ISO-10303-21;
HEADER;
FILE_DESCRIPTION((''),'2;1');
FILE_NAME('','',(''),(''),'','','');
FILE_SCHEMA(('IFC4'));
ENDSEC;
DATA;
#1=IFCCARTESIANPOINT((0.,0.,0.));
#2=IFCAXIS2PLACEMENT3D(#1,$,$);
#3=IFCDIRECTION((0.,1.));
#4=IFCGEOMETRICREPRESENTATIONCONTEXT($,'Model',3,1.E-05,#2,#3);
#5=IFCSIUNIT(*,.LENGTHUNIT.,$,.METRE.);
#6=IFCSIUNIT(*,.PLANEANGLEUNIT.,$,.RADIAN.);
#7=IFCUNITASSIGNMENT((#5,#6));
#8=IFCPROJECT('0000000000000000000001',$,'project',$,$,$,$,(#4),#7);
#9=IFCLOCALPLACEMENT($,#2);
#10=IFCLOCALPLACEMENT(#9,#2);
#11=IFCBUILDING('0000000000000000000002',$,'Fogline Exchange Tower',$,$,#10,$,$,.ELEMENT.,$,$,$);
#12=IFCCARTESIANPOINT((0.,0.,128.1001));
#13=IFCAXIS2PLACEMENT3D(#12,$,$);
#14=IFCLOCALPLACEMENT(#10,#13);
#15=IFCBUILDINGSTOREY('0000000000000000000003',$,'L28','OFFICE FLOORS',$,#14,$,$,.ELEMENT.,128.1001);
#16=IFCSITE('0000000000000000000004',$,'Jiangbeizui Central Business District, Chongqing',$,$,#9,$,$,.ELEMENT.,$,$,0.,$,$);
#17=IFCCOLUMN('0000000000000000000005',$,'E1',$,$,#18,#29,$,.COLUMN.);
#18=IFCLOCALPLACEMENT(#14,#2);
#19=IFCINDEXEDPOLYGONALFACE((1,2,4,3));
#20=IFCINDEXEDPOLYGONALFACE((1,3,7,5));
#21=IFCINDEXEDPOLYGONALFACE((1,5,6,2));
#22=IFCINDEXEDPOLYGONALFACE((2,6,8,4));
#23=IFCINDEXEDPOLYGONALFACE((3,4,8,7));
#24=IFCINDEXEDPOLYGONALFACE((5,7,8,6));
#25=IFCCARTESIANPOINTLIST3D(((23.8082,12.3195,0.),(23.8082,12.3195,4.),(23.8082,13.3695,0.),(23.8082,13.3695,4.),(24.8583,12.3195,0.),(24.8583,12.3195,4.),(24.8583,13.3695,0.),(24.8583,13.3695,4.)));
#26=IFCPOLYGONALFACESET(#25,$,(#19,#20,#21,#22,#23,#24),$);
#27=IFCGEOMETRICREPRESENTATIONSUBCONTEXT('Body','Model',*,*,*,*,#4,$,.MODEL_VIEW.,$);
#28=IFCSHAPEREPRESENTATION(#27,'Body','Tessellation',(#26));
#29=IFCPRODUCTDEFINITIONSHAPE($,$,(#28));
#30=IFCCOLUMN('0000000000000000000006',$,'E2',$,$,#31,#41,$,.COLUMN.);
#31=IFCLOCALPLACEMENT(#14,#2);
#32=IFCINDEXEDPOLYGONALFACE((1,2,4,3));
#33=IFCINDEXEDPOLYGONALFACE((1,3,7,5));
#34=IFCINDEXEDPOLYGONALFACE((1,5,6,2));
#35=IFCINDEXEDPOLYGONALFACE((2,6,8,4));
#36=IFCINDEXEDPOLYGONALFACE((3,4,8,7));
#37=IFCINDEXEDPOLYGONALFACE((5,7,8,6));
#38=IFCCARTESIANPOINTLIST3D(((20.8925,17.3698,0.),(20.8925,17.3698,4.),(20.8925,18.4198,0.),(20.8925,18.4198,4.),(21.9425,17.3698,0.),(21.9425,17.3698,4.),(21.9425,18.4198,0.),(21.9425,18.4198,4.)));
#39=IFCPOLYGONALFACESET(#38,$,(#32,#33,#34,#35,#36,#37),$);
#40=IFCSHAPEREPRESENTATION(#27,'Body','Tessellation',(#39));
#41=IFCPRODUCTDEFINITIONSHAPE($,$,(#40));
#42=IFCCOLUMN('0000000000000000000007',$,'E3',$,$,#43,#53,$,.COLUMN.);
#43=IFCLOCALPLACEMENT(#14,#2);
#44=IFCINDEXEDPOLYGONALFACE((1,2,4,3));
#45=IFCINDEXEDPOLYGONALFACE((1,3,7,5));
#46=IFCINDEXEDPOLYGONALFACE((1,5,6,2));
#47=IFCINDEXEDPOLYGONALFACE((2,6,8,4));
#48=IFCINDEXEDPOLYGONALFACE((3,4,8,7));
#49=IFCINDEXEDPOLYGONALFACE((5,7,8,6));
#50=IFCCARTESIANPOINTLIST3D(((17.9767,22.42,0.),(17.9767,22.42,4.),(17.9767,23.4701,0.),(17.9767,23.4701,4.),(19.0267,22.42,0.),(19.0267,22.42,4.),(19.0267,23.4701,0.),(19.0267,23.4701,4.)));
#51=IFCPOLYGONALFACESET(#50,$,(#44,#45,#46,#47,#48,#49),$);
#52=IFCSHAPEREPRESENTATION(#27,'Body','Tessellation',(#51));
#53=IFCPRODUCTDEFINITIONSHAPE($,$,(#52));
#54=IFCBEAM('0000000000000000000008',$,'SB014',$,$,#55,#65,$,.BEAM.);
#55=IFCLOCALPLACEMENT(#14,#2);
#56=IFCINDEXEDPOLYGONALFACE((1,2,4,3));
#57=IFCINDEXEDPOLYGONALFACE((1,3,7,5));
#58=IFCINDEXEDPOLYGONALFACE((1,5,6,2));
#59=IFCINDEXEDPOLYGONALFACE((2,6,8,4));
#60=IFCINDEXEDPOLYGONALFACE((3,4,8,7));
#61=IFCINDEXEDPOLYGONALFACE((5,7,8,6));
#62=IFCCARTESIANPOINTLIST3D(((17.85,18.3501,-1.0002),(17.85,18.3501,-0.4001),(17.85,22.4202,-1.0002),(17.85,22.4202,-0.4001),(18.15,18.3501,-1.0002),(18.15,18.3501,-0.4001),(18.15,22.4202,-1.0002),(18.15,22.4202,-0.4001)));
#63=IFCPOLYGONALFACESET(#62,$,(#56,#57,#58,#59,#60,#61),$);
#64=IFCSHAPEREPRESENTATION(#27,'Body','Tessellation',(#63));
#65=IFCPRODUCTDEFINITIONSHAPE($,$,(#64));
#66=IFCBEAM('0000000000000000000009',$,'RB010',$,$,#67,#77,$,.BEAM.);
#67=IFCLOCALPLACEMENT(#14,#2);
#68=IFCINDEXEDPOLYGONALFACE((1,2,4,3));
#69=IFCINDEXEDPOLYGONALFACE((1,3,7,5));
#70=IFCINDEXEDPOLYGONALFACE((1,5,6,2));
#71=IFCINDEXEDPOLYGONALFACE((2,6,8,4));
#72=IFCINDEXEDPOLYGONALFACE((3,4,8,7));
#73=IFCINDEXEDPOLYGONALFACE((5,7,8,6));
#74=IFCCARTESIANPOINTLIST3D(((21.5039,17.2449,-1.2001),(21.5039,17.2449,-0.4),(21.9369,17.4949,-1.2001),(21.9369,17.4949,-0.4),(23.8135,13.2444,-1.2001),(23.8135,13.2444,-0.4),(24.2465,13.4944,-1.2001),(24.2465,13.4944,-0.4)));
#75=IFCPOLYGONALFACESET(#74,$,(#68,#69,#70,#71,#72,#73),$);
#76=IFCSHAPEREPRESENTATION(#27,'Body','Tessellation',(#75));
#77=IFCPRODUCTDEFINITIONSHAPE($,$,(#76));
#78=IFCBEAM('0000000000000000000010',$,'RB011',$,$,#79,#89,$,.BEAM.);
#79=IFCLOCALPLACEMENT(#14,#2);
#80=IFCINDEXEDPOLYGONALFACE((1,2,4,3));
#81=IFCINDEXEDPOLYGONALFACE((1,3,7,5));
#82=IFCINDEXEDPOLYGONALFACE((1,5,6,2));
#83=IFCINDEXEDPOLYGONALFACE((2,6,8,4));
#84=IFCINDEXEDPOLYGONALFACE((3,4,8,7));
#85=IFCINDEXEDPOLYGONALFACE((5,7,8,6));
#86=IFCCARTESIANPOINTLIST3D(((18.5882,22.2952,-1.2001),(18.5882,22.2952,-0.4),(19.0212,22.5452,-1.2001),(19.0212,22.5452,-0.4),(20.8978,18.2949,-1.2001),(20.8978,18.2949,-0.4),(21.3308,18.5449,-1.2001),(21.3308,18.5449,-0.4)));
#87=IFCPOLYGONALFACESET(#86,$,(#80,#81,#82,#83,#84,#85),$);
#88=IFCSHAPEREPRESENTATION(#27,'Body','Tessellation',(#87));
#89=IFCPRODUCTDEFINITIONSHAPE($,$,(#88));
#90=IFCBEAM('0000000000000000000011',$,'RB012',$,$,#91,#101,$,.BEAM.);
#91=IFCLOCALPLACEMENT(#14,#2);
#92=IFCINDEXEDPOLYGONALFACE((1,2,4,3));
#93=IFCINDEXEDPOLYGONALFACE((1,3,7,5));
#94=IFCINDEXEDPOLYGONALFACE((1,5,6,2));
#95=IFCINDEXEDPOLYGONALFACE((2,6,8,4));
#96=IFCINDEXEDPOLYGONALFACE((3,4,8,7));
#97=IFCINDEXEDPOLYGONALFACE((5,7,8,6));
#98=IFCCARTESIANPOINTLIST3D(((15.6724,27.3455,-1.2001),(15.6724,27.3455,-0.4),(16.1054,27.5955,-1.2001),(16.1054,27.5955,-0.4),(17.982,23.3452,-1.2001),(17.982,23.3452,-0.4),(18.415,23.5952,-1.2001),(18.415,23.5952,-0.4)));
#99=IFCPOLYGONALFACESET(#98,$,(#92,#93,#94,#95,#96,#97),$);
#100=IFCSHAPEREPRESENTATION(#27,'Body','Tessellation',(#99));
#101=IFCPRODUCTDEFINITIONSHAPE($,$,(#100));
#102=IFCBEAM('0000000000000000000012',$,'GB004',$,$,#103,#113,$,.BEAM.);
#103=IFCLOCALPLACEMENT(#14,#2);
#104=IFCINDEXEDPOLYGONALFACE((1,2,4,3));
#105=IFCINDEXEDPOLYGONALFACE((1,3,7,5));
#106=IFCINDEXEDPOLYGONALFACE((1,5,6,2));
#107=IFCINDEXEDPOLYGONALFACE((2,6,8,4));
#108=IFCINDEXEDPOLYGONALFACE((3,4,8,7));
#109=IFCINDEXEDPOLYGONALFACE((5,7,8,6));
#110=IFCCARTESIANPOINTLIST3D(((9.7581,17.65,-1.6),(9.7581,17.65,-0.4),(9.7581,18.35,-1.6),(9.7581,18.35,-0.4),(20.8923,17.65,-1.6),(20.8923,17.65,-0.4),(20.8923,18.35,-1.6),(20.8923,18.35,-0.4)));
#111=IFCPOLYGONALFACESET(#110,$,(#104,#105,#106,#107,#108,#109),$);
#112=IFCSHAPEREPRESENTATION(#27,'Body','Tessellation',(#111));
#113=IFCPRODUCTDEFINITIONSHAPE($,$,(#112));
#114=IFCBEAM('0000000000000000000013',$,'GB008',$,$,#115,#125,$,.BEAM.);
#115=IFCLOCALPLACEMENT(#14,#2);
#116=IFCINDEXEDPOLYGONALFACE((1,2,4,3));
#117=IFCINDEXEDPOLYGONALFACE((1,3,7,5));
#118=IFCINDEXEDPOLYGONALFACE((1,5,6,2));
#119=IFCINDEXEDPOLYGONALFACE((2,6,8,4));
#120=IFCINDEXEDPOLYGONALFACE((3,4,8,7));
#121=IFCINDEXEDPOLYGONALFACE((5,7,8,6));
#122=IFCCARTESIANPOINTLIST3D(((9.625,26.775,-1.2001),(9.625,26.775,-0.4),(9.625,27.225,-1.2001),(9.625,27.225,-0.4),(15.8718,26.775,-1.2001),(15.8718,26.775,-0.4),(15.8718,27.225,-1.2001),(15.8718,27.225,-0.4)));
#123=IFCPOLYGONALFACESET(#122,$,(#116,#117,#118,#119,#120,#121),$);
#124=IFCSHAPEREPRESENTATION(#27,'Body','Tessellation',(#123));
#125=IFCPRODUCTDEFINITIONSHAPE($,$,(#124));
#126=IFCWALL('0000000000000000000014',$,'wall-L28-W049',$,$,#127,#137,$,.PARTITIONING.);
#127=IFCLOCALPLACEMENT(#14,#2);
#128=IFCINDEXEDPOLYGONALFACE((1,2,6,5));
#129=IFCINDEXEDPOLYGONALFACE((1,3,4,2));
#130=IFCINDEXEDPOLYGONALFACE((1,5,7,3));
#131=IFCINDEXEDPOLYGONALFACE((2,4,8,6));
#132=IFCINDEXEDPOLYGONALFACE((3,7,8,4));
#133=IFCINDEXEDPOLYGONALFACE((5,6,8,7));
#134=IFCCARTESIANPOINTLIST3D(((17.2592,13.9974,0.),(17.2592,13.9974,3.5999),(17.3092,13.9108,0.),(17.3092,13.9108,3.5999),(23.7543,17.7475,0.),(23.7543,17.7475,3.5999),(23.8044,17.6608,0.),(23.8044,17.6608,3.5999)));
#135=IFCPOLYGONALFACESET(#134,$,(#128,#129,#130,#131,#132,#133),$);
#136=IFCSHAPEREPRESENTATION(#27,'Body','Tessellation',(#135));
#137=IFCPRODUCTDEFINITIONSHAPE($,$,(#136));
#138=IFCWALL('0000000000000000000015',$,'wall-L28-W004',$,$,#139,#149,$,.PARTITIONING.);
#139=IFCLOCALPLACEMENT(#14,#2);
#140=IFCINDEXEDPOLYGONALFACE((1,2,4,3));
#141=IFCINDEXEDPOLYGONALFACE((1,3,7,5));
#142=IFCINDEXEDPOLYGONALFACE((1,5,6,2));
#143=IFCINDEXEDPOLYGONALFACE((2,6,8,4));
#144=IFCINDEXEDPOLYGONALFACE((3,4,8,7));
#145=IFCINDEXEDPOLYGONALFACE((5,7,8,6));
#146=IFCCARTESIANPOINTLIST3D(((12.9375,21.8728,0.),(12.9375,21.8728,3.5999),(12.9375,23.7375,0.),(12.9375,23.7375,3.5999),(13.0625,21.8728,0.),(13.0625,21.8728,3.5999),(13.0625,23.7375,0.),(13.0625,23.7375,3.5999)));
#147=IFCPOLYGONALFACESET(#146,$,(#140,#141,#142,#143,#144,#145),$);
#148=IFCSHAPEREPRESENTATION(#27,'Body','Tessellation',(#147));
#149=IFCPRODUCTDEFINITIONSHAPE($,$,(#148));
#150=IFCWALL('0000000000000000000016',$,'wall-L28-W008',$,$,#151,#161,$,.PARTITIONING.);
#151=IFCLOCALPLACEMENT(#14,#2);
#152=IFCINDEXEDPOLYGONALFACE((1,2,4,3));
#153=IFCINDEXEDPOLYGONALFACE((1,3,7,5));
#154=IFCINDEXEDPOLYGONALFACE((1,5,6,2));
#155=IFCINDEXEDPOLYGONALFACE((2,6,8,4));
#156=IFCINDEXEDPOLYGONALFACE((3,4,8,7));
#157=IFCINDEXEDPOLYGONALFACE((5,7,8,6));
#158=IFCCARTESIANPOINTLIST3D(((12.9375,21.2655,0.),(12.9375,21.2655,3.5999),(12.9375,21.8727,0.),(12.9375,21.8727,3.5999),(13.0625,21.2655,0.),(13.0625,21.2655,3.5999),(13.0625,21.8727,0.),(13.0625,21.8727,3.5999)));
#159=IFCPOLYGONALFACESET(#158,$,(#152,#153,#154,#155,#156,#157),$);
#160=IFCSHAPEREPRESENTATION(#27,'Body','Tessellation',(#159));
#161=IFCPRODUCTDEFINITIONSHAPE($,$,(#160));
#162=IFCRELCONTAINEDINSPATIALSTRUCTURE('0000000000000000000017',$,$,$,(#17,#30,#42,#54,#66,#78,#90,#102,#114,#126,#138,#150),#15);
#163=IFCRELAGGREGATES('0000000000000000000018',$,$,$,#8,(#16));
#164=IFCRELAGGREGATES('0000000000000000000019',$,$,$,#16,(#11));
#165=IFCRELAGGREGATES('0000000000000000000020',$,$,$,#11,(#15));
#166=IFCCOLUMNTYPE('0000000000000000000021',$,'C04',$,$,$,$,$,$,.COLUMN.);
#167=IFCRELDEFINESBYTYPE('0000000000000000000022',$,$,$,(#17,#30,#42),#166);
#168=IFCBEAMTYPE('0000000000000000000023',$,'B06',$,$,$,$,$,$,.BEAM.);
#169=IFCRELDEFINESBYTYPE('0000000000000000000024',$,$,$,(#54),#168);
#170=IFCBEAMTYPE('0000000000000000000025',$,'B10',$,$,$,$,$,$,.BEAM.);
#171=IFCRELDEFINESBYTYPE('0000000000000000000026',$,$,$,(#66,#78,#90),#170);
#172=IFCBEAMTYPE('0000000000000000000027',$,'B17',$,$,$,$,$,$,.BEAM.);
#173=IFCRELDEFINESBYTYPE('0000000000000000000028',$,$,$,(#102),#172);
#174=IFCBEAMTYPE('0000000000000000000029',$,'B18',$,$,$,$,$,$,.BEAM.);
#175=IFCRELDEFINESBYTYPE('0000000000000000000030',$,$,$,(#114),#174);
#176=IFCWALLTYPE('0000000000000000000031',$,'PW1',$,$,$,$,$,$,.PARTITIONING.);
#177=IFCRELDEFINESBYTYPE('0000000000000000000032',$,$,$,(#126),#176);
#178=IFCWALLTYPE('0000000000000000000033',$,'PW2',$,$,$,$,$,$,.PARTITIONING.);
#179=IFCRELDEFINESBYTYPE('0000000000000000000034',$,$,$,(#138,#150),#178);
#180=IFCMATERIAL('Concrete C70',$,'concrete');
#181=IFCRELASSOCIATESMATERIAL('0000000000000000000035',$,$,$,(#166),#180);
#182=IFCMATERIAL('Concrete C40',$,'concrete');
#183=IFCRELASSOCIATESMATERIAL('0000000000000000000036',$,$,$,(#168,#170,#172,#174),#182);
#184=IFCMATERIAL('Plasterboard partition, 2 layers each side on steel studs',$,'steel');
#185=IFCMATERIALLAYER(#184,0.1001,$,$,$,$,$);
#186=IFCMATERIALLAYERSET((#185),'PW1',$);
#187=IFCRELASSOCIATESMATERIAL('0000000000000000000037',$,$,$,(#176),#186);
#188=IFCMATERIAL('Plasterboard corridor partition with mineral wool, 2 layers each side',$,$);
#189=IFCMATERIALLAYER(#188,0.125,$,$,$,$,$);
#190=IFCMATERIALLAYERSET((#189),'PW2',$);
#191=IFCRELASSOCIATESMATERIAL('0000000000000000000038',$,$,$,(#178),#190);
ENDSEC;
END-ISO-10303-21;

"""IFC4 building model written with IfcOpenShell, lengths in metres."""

from ifc_helpers import new_model, si_unit, direction, frame, frame_2d, origin, origin_2d, place, context, subcontext, project, spatial, rectangle, extrude, material, layer, layer_set, material_profile, profile_set, type_object, element, save


model = new_model("IFC4")

# Units and contexts
model_context = context("Model", 3, precision=1e-05, world=origin(), true_north=direction((0.0, 1.0)))
body_context = subcontext(model_context, "Body", "Model", "MODEL_VIEW")
ifc_project = project(units=[si_unit("LENGTHUNIT", "METRE"), si_unit("PLANEANGLEUNIT", "RADIAN")], contexts=[model_context])

# Site, building, storey
site_placement = place(None, origin())
site = spatial("IfcSite", under=ifc_project, at=site_placement, Name="Jiangbeizui Central Business District, Chongqing", CompositionType="ELEMENT", RefElevation=0.0)
building_placement = place(site_placement, origin())
building = spatial("IfcBuilding", under=site, at=building_placement, Name="Fogline Exchange Tower", CompositionType="ELEMENT")
storey_placement = place(building_placement, frame((0.0, 0.0, 128.1001)))
storey = spatial("IfcBuildingStorey", under=building, at=storey_placement, Name="L28", Description="OFFICE FLOORS", CompositionType="ELEMENT", Elevation=128.1001)

# Columns
ifc_material_1 = material(Name="Concrete C70", Category="concrete")
ifc_material_profile_1 = material_profile(ifc_material_1, rectangle(XDim=1.05, YDim=1.05, at=origin_2d()), Name="RC 1050x1050")
ifc_profile_set_1 = profile_set([ifc_material_profile_1], Name="Concrete C70")
column_type = type_object("IfcColumnType", Name="C04", PredefinedType="COLUMN", material=ifc_profile_set_1)
for number, where, z_axis, x_axis, name in (
    (1, (24.3333, 12.8445, 0.0), (0.0, 0.0, 1.0), (1.0, 0.0, 0.0), "E1"),
    (2, (21.4175, 17.8948, 0.0), (0.0, 0.0, 1.0), (1.0, 0.0, 0.0), "E2"),
    (3, (18.5017, 22.9451, 0.0), (0.0, 0.0, 1.0), (1.0, 0.0, 0.0), "E3"),
):
    element("IfcColumn", number, at=place(storey_placement, frame(where, z_axis=z_axis, x_axis=x_axis)), inside=storey, type_object=column_type, Name=name, PredefinedType="COLUMN", context=body_context, shape_type="SweptSolid", body=[
        extrude(rectangle(XDim=1.05, YDim=1.05, at=origin_2d()), origin(), (0.0, 0.0, 1.0), 4.0),
    ])

# Beams
ifc_material_2 = material(Name="Concrete C40", Category="concrete")
ifc_material_profile_2 = material_profile(ifc_material_2, rectangle(XDim=0.3, YDim=0.6001, at=origin_2d()), Name="RC 300x600")
ifc_profile_set_2 = profile_set([ifc_material_profile_2], Name="Concrete C40")
beam_type_1 = type_object("IfcBeamType", Name="B06", PredefinedType="BEAM", material=ifc_profile_set_2)
beam_1_placement = place(storey_placement, frame((18.0, 18.3501, -0.7002), z_axis=(0.0, 1.0, 0.0), x_axis=(-1.0, 0.0, 0.0)))
element("IfcBeam", 4, at=beam_1_placement, inside=storey, type_object=beam_type_1, Name="SB014", PredefinedType="BEAM", context=body_context, shape_type="SweptSolid", body=[
    extrude(rectangle(XDim=0.3, YDim=0.6001, at=origin_2d()), origin(), (0.0, 0.0, 1.0), 4.0701),
])
ifc_material_profile_3 = material_profile(ifc_material_2, rectangle(XDim=0.5, YDim=0.8, at=origin_2d()), Name="RC 500x800")
ifc_profile_set_3 = profile_set([ifc_material_profile_3], Name="Concrete C40")
beam_type_2 = type_object("IfcBeamType", Name="B10", PredefinedType="BEAM", material=ifc_profile_set_3)
beam_2_placement = place(storey_placement, frame((24.03, 13.3694, -0.8), z_axis=(-0.499982, 0.866036, 0.0), x_axis=(-0.866036, -0.499982, 0.0)))
element("IfcBeam", 5, at=beam_2_placement, inside=storey, type_object=beam_type_2, Name="RB010", PredefinedType="BEAM", context=body_context, shape_type="SweptSolid", body=[
    extrude(rectangle(XDim=0.5, YDim=0.8, at=origin_2d()), origin(), (0.0, 0.0, 1.0), 4.6194),
])
for number, where, z_axis, x_axis, name in (
    (6, (21.1143, 18.4199, -0.8), (-0.500005, 0.866023, 0.0), (-0.866023, -0.500005, 0.0), "RB011"),
    (7, (18.1985, 23.4702, -0.8), (-0.500005, 0.866023, 0.0), (-0.866023, -0.500005, 0.0), "RB012"),
):
    element("IfcBeam", number, at=place(storey_placement, frame(where, z_axis=z_axis, x_axis=x_axis)), inside=storey, type_object=beam_type_2, Name=name, PredefinedType="BEAM", context=body_context, shape_type="SweptSolid", body=[
        extrude(rectangle(XDim=0.5, YDim=0.8, at=origin_2d()), origin(), (0.0, 0.0, 1.0), 4.6191),
    ])
ifc_material_profile_4 = material_profile(ifc_material_2, rectangle(XDim=0.7, YDim=1.2, at=origin_2d()), Name="RC 700x1200")
ifc_profile_set_4 = profile_set([ifc_material_profile_4], Name="Concrete C40")
beam_type_3 = type_object("IfcBeamType", Name="B17", PredefinedType="BEAM", material=ifc_profile_set_4)
beam_3_placement = place(storey_placement, frame((9.7581, 18.0, -1.0), z_axis=(1.0, 0.0, 0.0), x_axis=(0.0, 1.0, 0.0)))
element("IfcBeam", 8, at=beam_3_placement, inside=storey, type_object=beam_type_3, Name="GB004", PredefinedType="BEAM", context=body_context, shape_type="SweptSolid", body=[
    extrude(rectangle(XDim=0.7, YDim=1.2, at=origin_2d()), origin(), (0.0, 0.0, 1.0), 11.1343),
])
ifc_material_profile_5 = material_profile(ifc_material_2, rectangle(XDim=0.45, YDim=0.8, at=origin_2d()), Name="RC 450x800")
ifc_profile_set_5 = profile_set([ifc_material_profile_5], Name="Concrete C40")
beam_type_4 = type_object("IfcBeamType", Name="B18", PredefinedType="BEAM", material=ifc_profile_set_5)
beam_4_placement = place(storey_placement, frame((9.625, 27.0, -0.8), z_axis=(1.0, 0.0, 0.0), x_axis=(0.0, 1.0, 0.0)))
element("IfcBeam", 9, at=beam_4_placement, inside=storey, type_object=beam_type_4, Name="GB008", PredefinedType="BEAM", context=body_context, shape_type="SweptSolid", body=[
    extrude(rectangle(XDim=0.45, YDim=0.8, at=origin_2d()), origin(), (0.0, 0.0, 1.0), 6.2468),
])

# Walls
ifc_material_3 = material(Name="Plasterboard partition, 2 layers each side on steel studs", Category="steel")
ifc_layer_1 = layer(ifc_material_3, 0.1001)
ifc_layer_set_1 = layer_set([ifc_layer_1], Name="PW1")
wall_type_1 = type_object("IfcWallType", Name="PW1", PredefinedType="PARTITIONING", material=ifc_layer_set_1)
wall_1_placement = place(storey_placement, frame((17.2842, 13.9541, 0.0), z_axis=(0.0, 0.0, 1.0), x_axis=(0.866023, 0.500004, 0.0)))
element("IfcWall", 10, at=wall_1_placement, inside=storey, type_object=wall_type_1, Name="wall-L28-W049", PredefinedType="PARTITIONING", context=body_context, shape_type="SweptSolid", body=[
    extrude(rectangle(XDim=7.5, YDim=0.1001, at=frame_2d((3.75, 0.0))), origin(), (0.0, 0.0, 1.0), 3.5999),
])
ifc_material_4 = material(Name="Plasterboard corridor partition with mineral wool, 2 layers each side")
ifc_layer_2 = layer(ifc_material_4, 0.125)
ifc_layer_set_2 = layer_set([ifc_layer_2], Name="PW2")
wall_type_2 = type_object("IfcWallType", Name="PW2", PredefinedType="PARTITIONING", material=ifc_layer_set_2)
wall_2_placement = place(storey_placement, frame((13.0, 23.7375, 0.0), z_axis=(0.0, 0.0, 1.0), x_axis=(0.0, -1.0, 0.0)))
element("IfcWall", 11, at=wall_2_placement, inside=storey, type_object=wall_type_2, Name="wall-L28-W004", PredefinedType="PARTITIONING", context=body_context, shape_type="SweptSolid", body=[
    extrude(rectangle(XDim=1.8647, YDim=0.125, at=frame_2d((0.9324, 0.0))), origin(), (0.0, 0.0, 1.0), 3.5999),
])
wall_3_placement = place(storey_placement, frame((13.0, 21.8728, 0.0), z_axis=(0.0, 0.0, 1.0), x_axis=(0.0, -1.0, 0.0)))
element("IfcWall", 12, at=wall_3_placement, inside=storey, type_object=wall_type_2, Name="wall-L28-W008", PredefinedType="PARTITIONING", context=body_context, shape_type="SweptSolid", body=[
    extrude(rectangle(XDim=0.6072, YDim=0.125, at=frame_2d((0.3037, 0.0))), origin(), (0.0, 0.0, 1.0), 3.5999),
])

save(model, "model.ifc")
